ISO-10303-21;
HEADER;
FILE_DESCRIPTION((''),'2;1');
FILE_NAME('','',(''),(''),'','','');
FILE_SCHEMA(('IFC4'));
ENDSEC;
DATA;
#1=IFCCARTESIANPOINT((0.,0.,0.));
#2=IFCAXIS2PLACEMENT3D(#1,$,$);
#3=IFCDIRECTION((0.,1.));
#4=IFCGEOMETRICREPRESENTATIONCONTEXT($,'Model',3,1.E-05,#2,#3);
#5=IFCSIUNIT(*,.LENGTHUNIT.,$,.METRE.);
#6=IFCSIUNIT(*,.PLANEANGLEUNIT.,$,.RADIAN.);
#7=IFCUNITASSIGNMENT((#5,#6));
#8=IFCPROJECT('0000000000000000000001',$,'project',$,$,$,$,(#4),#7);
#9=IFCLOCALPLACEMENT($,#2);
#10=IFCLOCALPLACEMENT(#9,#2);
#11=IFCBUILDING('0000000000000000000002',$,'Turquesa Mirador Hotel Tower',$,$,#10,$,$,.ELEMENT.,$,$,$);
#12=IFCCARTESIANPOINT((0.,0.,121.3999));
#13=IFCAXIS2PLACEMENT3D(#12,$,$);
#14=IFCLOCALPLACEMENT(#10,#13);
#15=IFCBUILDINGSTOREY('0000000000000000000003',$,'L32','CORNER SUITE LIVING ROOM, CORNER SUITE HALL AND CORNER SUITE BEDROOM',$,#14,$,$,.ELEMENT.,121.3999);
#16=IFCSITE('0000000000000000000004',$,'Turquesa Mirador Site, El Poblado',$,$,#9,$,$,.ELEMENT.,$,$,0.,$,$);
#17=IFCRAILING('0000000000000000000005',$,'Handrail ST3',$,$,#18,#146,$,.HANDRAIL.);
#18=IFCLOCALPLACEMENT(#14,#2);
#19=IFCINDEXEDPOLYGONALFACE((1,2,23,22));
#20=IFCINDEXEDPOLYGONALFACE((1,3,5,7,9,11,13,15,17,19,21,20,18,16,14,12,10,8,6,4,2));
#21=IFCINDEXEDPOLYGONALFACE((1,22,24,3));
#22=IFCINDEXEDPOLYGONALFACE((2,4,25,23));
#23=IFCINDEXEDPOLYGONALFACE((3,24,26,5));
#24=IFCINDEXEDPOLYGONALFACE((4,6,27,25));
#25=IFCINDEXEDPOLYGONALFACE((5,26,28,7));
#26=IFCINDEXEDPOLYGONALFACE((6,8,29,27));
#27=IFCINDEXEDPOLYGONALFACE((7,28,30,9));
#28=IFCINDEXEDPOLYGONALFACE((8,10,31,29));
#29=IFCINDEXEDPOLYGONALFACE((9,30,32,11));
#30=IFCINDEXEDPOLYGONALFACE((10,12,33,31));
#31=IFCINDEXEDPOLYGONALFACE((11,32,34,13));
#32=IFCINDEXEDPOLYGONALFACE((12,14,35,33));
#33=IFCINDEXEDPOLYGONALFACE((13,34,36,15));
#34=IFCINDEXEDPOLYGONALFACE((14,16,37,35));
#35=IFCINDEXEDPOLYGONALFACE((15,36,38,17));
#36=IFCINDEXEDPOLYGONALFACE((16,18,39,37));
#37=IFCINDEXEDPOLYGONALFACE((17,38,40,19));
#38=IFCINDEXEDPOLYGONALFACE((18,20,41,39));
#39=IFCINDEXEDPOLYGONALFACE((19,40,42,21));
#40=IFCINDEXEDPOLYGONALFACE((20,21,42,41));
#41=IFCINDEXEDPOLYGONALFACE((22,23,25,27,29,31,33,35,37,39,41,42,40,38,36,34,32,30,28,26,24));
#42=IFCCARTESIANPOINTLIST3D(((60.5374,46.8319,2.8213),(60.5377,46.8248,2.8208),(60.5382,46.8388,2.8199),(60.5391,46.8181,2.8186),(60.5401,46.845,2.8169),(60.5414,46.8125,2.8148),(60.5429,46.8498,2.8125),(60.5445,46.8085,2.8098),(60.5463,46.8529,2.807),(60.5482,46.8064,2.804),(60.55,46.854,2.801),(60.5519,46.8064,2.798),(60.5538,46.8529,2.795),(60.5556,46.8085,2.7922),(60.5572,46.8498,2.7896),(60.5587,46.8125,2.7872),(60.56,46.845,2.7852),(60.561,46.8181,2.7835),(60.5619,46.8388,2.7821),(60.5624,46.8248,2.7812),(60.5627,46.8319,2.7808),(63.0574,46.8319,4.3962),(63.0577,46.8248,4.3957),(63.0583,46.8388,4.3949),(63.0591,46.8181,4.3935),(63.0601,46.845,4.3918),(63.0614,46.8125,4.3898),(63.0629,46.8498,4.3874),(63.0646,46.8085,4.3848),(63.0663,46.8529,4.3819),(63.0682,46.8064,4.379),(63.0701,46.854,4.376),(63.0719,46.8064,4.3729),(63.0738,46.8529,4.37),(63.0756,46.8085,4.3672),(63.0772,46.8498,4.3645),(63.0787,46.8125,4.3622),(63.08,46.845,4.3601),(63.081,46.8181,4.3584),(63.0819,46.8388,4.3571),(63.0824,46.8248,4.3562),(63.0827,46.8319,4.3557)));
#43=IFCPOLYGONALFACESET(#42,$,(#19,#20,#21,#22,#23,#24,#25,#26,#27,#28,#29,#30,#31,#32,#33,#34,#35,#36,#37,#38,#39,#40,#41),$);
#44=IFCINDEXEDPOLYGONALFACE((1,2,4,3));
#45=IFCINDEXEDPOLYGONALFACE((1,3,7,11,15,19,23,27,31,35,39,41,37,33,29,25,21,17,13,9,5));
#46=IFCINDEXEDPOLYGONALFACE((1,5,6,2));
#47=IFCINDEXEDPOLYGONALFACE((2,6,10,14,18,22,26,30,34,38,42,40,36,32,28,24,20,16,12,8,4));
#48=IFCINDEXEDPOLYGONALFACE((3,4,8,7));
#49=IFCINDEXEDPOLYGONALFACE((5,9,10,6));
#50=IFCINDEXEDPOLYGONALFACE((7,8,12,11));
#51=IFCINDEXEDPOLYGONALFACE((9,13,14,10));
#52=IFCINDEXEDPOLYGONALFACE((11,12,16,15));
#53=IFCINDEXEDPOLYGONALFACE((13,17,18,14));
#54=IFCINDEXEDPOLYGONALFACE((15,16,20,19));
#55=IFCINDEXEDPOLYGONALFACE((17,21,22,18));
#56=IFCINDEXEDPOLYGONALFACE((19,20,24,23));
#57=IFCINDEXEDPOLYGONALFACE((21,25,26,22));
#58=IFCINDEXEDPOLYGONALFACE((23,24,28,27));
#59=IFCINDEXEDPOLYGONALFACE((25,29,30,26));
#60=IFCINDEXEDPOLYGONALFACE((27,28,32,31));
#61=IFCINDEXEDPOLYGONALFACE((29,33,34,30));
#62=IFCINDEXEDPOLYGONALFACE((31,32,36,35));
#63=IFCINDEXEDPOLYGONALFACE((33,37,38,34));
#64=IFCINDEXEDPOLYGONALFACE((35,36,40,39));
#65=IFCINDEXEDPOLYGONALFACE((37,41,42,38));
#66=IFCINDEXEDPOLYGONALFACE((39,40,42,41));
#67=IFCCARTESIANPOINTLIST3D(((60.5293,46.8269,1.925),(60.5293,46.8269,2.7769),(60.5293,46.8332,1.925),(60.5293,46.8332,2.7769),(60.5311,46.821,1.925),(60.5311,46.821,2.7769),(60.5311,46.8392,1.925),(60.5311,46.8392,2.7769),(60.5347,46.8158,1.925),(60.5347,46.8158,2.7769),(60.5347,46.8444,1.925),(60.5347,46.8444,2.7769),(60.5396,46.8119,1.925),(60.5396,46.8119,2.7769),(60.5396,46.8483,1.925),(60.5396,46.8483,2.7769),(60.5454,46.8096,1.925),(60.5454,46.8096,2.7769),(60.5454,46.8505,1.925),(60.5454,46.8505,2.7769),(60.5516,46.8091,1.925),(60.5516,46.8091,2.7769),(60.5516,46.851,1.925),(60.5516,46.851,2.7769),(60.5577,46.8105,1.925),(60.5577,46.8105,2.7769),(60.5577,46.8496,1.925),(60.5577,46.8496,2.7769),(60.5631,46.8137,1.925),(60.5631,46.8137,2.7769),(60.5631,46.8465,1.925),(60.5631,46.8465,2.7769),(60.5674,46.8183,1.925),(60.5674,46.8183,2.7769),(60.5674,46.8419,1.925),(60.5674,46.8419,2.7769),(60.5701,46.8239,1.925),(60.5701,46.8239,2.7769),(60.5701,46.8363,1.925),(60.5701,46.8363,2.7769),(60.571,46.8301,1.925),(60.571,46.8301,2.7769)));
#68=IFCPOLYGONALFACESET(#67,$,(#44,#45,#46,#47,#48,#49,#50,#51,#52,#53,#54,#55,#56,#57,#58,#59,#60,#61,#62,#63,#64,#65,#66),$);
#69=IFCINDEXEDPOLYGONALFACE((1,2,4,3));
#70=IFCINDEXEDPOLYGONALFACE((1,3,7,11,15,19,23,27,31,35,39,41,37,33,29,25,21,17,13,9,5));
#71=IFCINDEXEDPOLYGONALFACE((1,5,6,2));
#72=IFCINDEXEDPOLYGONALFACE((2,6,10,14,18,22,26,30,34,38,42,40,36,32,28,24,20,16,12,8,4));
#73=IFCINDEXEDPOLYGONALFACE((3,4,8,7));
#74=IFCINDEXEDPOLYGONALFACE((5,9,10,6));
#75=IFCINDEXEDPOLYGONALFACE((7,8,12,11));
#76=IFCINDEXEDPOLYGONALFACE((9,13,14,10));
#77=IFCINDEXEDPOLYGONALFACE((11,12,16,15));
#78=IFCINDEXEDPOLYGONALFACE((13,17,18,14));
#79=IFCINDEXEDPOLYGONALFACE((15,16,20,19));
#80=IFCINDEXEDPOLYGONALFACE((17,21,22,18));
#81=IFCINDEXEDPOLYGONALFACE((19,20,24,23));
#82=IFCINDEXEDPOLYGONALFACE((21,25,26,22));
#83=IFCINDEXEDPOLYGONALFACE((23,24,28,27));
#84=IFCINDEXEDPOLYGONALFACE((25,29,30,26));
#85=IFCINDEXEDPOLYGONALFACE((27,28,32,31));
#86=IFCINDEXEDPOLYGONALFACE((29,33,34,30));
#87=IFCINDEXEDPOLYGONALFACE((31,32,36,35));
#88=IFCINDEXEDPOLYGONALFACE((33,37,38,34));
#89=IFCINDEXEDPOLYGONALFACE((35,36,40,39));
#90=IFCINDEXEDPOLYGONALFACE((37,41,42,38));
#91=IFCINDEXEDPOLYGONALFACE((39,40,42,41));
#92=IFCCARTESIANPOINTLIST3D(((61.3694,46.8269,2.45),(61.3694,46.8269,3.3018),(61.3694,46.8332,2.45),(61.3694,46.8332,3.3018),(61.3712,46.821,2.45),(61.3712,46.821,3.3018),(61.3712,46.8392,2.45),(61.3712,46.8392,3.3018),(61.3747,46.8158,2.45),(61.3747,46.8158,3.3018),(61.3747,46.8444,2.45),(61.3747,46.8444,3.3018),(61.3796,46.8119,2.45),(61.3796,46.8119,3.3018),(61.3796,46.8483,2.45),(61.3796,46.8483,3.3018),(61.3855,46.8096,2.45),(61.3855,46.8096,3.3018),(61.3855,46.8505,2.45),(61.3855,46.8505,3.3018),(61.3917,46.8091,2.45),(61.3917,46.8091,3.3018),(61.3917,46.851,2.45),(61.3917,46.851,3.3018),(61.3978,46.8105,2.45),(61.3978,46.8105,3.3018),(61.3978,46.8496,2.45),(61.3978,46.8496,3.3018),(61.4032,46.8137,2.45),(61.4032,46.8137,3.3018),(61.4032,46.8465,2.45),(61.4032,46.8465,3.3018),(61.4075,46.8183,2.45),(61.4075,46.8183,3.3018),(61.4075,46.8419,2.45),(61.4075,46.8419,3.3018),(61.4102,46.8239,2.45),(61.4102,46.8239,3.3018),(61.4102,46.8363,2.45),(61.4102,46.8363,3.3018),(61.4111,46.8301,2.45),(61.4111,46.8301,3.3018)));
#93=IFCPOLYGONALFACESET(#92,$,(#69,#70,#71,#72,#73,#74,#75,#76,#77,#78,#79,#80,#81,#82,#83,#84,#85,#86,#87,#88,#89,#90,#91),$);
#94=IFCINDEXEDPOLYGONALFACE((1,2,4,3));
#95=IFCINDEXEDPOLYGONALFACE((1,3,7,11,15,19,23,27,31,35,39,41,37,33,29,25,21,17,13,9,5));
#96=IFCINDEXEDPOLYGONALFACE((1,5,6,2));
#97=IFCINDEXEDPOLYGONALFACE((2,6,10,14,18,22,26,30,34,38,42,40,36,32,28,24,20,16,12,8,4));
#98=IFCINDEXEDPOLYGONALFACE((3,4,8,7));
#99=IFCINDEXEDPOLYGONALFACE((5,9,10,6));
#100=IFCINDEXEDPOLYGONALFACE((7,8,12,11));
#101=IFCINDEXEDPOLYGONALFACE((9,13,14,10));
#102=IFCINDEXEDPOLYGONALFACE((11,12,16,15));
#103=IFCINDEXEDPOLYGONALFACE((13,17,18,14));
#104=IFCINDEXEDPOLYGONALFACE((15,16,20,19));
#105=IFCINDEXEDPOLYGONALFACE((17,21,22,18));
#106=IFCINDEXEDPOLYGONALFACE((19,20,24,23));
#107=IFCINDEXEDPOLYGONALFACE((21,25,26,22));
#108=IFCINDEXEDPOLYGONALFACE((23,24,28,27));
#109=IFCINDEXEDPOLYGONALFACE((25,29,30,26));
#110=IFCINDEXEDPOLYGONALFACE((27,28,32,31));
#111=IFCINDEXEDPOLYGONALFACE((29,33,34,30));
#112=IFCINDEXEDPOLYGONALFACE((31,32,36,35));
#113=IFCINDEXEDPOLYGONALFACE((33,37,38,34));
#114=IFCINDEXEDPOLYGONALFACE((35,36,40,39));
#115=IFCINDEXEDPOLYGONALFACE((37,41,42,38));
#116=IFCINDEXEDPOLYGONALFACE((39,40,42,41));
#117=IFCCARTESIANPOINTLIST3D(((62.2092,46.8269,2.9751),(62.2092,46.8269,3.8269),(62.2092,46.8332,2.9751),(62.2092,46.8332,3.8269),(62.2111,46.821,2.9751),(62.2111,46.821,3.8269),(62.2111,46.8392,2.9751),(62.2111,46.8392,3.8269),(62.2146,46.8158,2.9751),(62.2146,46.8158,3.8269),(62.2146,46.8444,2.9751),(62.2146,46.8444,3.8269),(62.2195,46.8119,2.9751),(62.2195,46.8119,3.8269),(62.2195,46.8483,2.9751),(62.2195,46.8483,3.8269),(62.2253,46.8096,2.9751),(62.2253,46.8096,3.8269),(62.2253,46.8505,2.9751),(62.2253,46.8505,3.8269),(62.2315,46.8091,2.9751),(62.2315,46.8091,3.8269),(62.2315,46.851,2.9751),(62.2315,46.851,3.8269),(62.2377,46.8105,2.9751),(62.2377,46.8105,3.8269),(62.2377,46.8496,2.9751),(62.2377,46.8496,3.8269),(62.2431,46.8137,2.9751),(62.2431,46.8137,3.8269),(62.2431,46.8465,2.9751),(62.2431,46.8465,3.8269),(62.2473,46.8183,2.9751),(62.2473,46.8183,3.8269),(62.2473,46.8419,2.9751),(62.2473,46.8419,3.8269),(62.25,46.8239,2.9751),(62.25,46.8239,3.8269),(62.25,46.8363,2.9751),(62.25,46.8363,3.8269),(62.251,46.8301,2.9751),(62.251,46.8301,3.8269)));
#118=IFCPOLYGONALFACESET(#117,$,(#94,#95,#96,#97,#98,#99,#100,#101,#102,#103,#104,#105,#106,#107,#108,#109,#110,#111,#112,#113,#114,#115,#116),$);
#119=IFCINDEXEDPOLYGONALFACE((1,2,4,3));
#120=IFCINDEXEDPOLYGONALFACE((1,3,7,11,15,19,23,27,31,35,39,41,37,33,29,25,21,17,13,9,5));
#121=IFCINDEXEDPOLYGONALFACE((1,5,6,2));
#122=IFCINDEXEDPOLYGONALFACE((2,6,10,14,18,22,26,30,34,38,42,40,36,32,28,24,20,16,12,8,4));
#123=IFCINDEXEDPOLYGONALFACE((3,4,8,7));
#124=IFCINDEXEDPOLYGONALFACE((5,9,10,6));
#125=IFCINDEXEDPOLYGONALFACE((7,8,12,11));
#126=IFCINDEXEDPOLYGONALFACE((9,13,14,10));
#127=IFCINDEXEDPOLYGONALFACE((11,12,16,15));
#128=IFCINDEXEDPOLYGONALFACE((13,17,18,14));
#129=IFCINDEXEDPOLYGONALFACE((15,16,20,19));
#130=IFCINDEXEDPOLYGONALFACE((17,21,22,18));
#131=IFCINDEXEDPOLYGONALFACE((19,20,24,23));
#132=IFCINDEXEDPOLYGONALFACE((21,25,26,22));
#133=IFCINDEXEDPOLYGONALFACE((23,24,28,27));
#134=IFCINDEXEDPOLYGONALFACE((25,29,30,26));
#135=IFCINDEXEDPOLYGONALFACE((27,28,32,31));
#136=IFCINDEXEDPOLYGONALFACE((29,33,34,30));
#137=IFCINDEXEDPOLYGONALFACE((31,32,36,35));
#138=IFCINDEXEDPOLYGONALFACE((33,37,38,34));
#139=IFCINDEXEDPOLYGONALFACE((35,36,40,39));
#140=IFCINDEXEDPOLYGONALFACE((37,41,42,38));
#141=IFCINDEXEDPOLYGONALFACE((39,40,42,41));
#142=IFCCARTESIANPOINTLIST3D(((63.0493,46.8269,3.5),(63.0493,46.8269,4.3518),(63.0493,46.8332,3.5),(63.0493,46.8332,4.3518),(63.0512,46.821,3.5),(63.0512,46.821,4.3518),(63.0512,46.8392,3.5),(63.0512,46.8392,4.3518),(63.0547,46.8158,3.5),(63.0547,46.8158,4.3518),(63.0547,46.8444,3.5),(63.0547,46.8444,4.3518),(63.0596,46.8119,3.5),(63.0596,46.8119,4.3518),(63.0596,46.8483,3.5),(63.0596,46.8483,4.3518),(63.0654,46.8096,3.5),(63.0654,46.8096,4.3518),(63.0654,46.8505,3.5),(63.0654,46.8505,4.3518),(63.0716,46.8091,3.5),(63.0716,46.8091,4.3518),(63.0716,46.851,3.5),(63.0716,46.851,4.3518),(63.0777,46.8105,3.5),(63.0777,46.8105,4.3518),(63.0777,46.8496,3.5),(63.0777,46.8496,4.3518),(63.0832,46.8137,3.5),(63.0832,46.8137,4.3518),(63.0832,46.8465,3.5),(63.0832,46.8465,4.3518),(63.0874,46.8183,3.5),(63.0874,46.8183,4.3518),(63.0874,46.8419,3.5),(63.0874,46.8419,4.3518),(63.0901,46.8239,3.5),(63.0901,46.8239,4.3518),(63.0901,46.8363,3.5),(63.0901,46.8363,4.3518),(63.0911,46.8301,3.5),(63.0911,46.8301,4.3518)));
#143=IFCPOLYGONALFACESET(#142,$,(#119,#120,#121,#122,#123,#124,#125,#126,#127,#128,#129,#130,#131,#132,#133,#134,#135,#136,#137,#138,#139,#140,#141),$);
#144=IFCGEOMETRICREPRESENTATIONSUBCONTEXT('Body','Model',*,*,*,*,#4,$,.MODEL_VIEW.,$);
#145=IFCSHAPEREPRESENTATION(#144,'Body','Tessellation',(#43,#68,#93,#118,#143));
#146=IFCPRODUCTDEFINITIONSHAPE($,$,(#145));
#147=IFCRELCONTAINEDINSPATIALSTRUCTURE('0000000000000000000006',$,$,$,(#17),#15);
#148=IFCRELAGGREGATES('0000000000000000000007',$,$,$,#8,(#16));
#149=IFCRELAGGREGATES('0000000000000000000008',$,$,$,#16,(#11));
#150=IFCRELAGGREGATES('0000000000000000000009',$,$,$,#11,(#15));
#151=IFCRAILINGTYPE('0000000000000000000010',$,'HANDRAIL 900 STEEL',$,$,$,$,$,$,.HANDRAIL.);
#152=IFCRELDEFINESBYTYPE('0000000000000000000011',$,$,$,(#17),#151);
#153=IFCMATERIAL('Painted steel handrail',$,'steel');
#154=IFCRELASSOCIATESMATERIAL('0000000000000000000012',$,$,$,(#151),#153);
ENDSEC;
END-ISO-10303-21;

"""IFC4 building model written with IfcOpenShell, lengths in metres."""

from ifc_helpers import new_model, si_unit, direction, frame, origin, origin_2d, place, context, subcontext, project, spatial, circle, extrude, material, type_object, element, save


model = new_model("IFC4")

# Units and contexts
model_context = context("Model", 3, precision=1e-05, world=origin(), true_north=direction((0.0, 1.0)))
body_context = subcontext(model_context, "Body", "Model", "MODEL_VIEW")
ifc_project = project(units=[si_unit("LENGTHUNIT", "METRE"), si_unit("PLANEANGLEUNIT", "RADIAN")], contexts=[model_context])

# Site, building, storey
site_placement = place(None, origin())
site = spatial("IfcSite", under=ifc_project, at=site_placement, Name="Turquesa Mirador Site, El Poblado", CompositionType="ELEMENT", RefElevation=0.0)
building_placement = place(site_placement, origin())
building = spatial("IfcBuilding", under=site, at=building_placement, Name="Turquesa Mirador Hotel Tower", CompositionType="ELEMENT")
storey_placement = place(building_placement, frame((0.0, 0.0, 121.3999)))
storey = spatial("IfcBuildingStorey", under=building, at=storey_placement, Name="L32", Description="CORNER SUITE LIVING ROOM, CORNER SUITE HALL AND CORNER SUITE BEDROOM", CompositionType="ELEMENT", Elevation=121.3999)

# Railing
ifc_material_1 = material(Name="Painted steel handrail", Category="steel")
railing_type = type_object("IfcRailingType", Name="HANDRAIL 900 STEEL", PredefinedType="HANDRAIL", material=ifc_material_1)
railing_1_placement = place(storey_placement, frame((60.55, 46.8301, 1.925)))
element("IfcRailing", 1, at=railing_1_placement, inside=storey, type_object=railing_type, Name="Handrail ST3", PredefinedType="HANDRAIL", context=body_context, shape_type="SweptSolid", body=[
    extrude(circle(Radius=0.0239, at=origin_2d()), frame((0.0, 0.0, 0.876), z_axis=(0.848008, 0.0, 0.529984), x_axis=(0.0, 1.0, 0.0)), (0.0, 0.0, 1.0), 2.9717),
    extrude(circle(Radius=0.021, at=origin_2d()), origin(), (0.0, 0.0, 1.0), 0.8518),
    extrude(circle(Radius=0.021, at=origin_2d()), frame((0.8401, 0.0, 0.5249)), (0.0, 0.0, 1.0), 0.8518),
    extrude(circle(Radius=0.021, at=origin_2d()), frame((1.6799, 0.0, 1.05)), (0.0, 0.0, 1.0), 0.8518),
    extrude(circle(Radius=0.021, at=origin_2d()), frame((2.52, 0.0, 1.575)), (0.0, 0.0, 1.0), 0.8518),
])

save(model, "model.ifc")
